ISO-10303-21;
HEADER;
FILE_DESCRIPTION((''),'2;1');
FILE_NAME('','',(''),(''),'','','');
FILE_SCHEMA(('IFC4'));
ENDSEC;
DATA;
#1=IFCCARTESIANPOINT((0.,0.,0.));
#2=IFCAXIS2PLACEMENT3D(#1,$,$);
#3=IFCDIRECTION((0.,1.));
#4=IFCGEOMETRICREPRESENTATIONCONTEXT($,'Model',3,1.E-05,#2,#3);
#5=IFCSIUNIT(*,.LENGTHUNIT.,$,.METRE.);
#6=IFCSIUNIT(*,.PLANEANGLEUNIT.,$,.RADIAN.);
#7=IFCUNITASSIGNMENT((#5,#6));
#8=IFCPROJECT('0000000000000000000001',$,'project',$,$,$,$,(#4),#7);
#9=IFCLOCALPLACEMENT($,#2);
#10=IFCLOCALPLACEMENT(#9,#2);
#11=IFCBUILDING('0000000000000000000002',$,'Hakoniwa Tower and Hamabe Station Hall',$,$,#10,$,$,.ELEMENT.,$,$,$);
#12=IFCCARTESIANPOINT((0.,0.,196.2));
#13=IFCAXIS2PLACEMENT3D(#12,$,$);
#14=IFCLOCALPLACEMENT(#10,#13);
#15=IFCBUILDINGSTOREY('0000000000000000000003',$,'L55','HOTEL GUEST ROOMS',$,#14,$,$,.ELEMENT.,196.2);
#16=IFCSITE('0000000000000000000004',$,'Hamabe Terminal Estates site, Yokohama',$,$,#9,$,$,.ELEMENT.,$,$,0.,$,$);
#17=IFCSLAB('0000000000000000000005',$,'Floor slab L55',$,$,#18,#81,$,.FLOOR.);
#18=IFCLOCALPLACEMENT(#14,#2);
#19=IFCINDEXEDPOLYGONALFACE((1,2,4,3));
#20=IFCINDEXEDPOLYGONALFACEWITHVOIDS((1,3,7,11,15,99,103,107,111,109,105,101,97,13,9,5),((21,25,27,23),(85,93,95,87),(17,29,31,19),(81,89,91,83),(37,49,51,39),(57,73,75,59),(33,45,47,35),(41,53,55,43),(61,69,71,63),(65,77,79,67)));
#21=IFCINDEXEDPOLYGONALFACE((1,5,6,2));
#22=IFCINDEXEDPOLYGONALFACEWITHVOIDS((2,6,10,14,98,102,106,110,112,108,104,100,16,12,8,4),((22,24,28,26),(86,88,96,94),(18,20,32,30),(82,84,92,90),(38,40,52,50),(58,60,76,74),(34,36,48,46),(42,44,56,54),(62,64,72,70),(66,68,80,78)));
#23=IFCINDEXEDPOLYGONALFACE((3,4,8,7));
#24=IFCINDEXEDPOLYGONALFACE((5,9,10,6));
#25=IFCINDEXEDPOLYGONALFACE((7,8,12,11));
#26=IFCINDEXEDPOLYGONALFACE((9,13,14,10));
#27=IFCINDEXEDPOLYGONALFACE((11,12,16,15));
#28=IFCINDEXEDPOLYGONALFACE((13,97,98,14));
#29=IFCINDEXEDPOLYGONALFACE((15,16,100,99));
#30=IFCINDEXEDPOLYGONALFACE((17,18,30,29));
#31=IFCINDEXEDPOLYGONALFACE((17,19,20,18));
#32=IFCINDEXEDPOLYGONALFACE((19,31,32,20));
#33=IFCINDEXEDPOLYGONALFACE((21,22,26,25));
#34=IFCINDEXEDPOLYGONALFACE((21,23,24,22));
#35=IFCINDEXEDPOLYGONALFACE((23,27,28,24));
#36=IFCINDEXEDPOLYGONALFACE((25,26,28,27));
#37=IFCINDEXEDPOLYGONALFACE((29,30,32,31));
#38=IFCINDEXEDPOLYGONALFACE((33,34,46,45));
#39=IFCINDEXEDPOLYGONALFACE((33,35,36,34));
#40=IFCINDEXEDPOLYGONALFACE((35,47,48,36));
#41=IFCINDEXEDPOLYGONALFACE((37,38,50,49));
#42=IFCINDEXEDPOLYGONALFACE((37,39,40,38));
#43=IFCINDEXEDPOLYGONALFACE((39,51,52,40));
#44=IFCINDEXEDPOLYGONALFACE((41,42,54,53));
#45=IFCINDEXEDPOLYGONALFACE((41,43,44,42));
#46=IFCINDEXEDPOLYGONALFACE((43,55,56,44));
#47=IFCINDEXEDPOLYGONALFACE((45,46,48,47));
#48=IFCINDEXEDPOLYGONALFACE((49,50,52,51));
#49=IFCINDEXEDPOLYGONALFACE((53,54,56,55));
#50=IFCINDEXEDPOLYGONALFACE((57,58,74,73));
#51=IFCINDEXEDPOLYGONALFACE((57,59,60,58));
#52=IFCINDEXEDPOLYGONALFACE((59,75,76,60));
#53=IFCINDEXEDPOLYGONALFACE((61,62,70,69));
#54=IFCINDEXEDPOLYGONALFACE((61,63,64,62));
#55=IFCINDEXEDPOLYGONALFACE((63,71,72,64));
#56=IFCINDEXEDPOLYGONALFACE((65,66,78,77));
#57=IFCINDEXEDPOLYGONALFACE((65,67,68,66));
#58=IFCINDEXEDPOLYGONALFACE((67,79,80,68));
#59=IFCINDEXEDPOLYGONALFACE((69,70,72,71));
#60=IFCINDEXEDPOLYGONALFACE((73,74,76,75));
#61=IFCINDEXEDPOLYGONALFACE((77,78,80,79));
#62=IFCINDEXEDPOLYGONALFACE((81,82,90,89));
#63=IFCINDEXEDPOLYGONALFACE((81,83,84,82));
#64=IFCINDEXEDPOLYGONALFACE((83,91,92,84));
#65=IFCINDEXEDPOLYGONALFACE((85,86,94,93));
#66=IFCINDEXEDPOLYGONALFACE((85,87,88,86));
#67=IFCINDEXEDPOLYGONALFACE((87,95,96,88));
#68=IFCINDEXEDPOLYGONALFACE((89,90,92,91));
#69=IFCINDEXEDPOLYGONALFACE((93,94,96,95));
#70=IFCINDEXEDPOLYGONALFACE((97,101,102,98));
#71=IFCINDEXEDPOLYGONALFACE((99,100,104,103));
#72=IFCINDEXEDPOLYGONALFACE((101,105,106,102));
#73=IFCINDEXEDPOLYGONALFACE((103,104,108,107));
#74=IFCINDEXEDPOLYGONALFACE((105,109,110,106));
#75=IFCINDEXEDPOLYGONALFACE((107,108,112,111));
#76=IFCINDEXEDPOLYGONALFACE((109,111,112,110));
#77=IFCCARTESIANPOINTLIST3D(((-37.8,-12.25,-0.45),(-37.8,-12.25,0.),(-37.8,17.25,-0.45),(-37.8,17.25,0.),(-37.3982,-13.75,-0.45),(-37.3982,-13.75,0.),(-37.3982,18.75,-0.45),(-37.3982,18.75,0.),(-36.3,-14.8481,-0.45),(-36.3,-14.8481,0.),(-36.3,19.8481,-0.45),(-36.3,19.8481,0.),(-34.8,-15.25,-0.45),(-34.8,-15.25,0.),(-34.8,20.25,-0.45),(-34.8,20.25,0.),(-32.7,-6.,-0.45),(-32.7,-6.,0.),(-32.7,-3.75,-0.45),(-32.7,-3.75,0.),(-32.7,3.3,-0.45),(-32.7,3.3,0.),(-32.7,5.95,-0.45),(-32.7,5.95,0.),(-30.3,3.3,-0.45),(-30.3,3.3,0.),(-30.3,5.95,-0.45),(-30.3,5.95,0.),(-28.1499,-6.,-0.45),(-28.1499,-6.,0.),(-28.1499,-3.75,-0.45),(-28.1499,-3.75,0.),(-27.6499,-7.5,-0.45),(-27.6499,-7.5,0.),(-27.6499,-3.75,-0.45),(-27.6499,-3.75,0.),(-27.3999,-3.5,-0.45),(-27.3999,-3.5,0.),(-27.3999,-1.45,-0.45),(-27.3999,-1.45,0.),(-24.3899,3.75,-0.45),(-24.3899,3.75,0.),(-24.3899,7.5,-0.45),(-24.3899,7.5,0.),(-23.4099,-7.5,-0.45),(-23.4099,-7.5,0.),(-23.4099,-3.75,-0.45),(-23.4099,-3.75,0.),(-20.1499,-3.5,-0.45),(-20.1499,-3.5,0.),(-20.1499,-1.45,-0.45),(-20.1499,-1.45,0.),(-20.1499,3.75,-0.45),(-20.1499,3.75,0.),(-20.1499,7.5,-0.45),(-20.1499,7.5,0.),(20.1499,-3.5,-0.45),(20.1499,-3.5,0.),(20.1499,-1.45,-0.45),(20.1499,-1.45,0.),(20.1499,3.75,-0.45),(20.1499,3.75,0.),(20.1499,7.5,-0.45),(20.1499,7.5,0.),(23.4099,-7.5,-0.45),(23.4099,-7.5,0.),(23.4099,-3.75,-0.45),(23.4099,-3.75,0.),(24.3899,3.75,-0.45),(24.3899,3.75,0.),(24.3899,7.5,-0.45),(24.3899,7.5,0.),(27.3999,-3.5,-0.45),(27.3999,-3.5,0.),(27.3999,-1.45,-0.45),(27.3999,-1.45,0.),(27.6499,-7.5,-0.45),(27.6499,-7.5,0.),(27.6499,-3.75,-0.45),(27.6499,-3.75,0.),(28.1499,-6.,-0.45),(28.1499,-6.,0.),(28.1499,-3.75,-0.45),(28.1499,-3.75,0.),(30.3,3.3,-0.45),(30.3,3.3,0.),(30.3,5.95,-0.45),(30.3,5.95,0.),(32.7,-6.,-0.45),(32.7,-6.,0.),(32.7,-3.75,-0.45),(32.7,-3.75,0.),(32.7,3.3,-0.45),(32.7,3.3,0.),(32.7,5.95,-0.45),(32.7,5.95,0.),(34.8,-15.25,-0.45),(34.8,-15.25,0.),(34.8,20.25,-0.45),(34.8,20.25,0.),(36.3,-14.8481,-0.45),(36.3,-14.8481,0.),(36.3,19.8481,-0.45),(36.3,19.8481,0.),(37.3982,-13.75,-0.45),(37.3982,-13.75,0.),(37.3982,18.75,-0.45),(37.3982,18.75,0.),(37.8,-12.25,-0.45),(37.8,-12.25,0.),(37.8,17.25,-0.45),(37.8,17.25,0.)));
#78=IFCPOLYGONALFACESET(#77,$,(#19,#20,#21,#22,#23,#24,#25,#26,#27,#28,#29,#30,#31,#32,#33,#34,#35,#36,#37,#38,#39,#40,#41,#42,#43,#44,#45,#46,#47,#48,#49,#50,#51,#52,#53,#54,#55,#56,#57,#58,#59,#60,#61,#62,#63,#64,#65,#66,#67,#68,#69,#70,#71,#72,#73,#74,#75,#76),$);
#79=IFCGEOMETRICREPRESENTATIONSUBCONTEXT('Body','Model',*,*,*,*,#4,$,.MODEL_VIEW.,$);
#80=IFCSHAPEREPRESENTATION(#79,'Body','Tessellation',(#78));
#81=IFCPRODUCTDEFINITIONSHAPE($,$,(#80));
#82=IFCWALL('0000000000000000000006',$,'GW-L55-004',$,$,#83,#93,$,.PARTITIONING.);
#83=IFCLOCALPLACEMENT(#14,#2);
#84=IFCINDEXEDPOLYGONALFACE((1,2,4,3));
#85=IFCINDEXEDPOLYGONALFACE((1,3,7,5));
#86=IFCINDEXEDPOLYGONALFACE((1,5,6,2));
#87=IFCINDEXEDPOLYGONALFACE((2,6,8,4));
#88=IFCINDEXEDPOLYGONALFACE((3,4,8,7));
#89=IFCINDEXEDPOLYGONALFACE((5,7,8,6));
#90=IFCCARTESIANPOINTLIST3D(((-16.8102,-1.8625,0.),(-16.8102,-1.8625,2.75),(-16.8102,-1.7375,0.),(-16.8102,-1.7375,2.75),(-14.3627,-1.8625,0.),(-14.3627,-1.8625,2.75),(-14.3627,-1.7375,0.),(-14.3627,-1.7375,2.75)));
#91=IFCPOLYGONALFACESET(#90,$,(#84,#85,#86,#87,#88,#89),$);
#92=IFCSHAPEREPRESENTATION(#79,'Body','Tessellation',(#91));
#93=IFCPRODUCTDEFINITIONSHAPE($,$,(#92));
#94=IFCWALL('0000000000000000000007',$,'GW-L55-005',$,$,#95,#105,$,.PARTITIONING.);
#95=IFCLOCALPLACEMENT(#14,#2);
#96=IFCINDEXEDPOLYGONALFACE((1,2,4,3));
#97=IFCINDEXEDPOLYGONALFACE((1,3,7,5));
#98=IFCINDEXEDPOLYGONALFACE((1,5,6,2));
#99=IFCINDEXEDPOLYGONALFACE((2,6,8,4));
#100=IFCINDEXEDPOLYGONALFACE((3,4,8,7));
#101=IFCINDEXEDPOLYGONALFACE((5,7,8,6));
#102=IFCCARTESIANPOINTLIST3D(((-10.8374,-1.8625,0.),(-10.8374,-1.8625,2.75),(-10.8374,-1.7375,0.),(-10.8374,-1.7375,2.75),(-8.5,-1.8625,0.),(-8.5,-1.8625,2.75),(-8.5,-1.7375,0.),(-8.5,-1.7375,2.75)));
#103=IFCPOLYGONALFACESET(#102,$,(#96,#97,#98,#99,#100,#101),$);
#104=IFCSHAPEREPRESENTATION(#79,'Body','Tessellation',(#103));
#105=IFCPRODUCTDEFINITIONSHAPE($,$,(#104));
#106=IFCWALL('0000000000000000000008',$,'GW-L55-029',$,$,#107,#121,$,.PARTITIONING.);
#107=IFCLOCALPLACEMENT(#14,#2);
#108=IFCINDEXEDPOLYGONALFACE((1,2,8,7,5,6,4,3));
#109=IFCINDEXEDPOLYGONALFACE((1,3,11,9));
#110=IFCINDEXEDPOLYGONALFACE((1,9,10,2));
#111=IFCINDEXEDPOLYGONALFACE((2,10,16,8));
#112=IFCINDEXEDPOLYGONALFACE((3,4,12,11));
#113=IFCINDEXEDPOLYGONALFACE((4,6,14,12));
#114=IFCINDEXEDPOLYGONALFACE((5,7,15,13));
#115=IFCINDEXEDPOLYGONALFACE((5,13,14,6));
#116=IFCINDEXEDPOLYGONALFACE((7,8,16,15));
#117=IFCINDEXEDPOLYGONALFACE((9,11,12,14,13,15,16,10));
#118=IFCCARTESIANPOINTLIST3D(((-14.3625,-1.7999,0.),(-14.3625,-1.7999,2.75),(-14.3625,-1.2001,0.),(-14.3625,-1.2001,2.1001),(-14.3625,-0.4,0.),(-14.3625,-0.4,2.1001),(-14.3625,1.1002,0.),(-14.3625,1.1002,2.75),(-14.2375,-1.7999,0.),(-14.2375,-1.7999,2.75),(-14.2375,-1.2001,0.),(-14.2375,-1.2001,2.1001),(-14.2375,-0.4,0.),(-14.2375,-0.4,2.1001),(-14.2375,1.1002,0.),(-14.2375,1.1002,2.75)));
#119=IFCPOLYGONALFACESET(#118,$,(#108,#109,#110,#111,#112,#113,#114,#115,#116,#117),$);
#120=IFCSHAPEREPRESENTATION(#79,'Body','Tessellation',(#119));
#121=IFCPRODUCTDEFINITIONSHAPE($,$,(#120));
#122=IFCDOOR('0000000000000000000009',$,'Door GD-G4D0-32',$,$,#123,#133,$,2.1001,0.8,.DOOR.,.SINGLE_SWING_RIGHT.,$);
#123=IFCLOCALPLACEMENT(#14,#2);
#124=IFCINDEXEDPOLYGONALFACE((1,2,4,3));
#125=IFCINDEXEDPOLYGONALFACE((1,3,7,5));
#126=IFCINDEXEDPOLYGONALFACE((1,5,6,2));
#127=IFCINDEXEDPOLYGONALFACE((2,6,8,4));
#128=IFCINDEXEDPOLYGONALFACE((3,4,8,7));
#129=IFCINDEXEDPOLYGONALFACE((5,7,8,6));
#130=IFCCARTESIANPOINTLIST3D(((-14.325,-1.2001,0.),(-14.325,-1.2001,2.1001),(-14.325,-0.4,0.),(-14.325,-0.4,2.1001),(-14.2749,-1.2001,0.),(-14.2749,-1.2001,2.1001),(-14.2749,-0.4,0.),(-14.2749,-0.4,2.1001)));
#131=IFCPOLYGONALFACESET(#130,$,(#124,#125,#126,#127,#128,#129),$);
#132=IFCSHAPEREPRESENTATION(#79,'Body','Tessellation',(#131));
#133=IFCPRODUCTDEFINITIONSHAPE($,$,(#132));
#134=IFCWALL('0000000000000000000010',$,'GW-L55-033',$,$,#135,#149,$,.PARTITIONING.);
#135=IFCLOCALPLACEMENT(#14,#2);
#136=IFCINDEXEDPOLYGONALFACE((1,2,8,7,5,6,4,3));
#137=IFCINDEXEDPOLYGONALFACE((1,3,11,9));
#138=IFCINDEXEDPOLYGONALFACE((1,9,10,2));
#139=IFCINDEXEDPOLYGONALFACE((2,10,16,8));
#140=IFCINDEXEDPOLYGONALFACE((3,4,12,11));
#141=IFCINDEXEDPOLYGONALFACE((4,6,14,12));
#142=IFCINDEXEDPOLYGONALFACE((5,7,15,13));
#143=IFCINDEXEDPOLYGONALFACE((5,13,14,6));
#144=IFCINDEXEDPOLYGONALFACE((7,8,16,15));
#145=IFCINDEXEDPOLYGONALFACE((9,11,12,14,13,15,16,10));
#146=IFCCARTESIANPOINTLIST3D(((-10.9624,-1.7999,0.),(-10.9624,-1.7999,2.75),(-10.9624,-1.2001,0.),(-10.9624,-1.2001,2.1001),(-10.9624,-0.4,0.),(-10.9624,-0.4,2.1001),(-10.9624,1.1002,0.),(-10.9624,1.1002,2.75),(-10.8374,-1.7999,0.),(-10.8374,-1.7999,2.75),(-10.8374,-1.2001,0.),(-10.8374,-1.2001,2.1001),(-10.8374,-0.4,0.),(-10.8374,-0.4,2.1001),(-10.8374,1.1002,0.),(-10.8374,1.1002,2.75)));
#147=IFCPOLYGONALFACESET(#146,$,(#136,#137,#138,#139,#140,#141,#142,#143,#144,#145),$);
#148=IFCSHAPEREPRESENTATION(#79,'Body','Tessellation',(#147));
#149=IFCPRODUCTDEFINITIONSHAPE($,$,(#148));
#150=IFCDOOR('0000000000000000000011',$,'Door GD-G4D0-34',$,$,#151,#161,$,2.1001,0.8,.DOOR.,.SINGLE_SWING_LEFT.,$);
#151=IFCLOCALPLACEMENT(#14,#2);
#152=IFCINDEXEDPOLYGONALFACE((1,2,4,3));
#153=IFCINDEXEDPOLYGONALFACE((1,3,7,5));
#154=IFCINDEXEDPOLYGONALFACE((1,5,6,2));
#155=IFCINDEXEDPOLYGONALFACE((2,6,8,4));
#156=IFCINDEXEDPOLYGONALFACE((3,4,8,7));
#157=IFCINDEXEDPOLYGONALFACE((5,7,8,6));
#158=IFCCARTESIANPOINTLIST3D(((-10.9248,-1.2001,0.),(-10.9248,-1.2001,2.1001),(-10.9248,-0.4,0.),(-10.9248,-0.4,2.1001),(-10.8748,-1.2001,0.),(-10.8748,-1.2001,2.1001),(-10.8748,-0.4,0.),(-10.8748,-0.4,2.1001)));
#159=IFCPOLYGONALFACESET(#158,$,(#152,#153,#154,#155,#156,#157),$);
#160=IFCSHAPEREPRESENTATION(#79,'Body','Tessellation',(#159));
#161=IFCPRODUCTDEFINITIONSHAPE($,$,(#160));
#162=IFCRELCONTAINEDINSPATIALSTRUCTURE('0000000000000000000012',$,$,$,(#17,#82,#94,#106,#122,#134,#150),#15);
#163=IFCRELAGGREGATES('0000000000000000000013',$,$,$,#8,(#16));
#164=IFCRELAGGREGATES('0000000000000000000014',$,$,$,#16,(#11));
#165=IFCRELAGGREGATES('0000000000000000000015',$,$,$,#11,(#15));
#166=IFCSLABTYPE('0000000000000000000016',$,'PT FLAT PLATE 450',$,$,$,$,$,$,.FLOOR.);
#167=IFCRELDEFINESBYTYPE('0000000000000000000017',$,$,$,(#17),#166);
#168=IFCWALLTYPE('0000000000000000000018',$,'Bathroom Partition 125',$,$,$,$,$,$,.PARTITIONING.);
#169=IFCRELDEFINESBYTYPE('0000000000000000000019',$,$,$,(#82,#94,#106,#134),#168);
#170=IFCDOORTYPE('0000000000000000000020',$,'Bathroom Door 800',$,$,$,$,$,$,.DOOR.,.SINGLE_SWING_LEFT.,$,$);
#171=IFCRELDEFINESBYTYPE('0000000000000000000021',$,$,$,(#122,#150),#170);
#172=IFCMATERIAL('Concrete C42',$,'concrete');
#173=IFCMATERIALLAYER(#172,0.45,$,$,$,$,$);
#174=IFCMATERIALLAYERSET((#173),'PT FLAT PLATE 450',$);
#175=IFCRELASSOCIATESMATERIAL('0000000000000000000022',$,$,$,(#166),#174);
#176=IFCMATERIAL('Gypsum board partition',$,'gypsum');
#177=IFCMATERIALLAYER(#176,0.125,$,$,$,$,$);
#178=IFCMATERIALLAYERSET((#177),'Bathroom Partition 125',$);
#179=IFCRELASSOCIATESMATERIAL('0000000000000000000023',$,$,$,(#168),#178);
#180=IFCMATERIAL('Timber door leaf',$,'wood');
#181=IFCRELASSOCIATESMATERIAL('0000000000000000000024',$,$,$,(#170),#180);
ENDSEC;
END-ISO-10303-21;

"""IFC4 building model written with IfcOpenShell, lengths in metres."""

from ifc_helpers import new_model, si_unit, direction, frame, frame_2d, origin, place, context, subcontext, project, spatial, polyline, rectangle, outline, extrude, material, layer, layer_set, type_object, element, fill, save


model = new_model("IFC4")

# Units and contexts
model_context = context("Model", 3, precision=1e-05, world=origin(), true_north=direction((0.0, 1.0)))
body_context = subcontext(model_context, "Body", "Model", "MODEL_VIEW")
ifc_project = project(units=[si_unit("LENGTHUNIT", "METRE"), si_unit("PLANEANGLEUNIT", "RADIAN")], contexts=[model_context])

# Site, building, storey
site_placement = place(None, origin())
site = spatial("IfcSite", under=ifc_project, at=site_placement, Name="Hamabe Terminal Estates site, Yokohama", CompositionType="ELEMENT", RefElevation=0.0)
building_placement = place(site_placement, origin())
building = spatial("IfcBuilding", under=site, at=building_placement, Name="Hakoniwa Tower and Hamabe Station Hall", CompositionType="ELEMENT")
storey_placement = place(building_placement, frame((0.0, 0.0, 196.2)))
storey = spatial("IfcBuildingStorey", under=building, at=storey_placement, Name="L55", Description="HOTEL GUEST ROOMS", CompositionType="ELEMENT", Elevation=196.2)

# Slab
ifc_material_1 = material(Name="Concrete C42", Category="concrete")
ifc_layer_1 = layer(ifc_material_1, 0.45)
ifc_layer_set_1 = layer_set([ifc_layer_1], Name="PT FLAT PLATE 450")
slab_type = type_object("IfcSlabType", Name="PT FLAT PLATE 450", PredefinedType="FLOOR", material=ifc_layer_set_1)
slab_placement = place(storey_placement, frame((0.0, 0.0, -0.45)))
element("IfcSlab", 1, at=slab_placement, inside=storey, type_object=slab_type, Name="Floor slab L55", PredefinedType="FLOOR", context=body_context, shape_type="SweptSolid", body=[
    extrude(outline(polyline([(37.8, -12.25), (37.8, 17.25), (37.3982, 18.75), (36.3, 19.8481), (34.8, 20.25), (-34.8, 20.25), (-36.3, 19.8481), (-37.3982, 18.75), (-37.8, 17.25), (-37.8, -12.25), (-37.3982, -13.75), (-36.3, -14.8481), (-34.8, -15.25), (34.8, -15.25), (36.3, -14.8481), (37.3982, -13.75), (37.8, -12.25)]), holes=[polyline([(-27.3999, -3.5), (-27.3999, -1.45), (-20.1499, -1.45), (-20.1499, -3.5), (-27.3999, -3.5)]), polyline([(-32.7, 3.3), (-32.7, 5.95), (-30.3, 5.95), (-30.3, 3.3), (-32.7, 3.3)]), polyline([(-32.7, -6.0), (-32.7, -3.75), (-28.1499, -3.75), (-28.1499, -6.0), (-32.7, -6.0)]), polyline([(-24.3899, 3.75), (-24.3899, 7.5), (-20.1499, 7.5), (-20.1499, 3.75), (-24.3899, 3.75)]), polyline([(-27.6499, -7.5), (-27.6499, -3.75), (-23.4099, -3.75), (-23.4099, -7.5), (-27.6499, -7.5)]), polyline([(20.1499, -3.5), (20.1499, -1.45), (27.3999, -1.45), (27.3999, -3.5), (20.1499, -3.5)]), polyline([(30.3, 3.3), (30.3, 5.95), (32.7, 5.95), (32.7, 3.3), (30.3, 3.3)]), polyline([(28.1499, -6.0), (28.1499, -3.75), (32.7, -3.75), (32.7, -6.0), (28.1499, -6.0)]), polyline([(20.1499, 3.75), (20.1499, 7.5), (24.3899, 7.5), (24.3899, 3.75), (20.1499, 3.75)]), polyline([(23.4099, -7.5), (23.4099, -3.75), (27.6499, -3.75), (27.6499, -7.5), (23.4099, -7.5)])]), origin(), (0.0, 0.0, 1.0), 0.45),
])

# Walls
ifc_material_2 = material(Name="Gypsum board partition", Category="gypsum")
ifc_layer_2 = layer(ifc_material_2, 0.125)
ifc_layer_set_2 = layer_set([ifc_layer_2], Name="Bathroom Partition 125")
wall_type_1 = type_object("IfcWallType", Name="Bathroom Partition 125", PredefinedType="PARTITIONING", material=ifc_layer_set_2)
wall_1_placement = place(storey_placement, frame((-16.8101, -1.8, 0.0), z_axis=(0.0, 0.0, 1.0), x_axis=(1.0, 0.0, 0.0)))
element("IfcWall", 2, at=wall_1_placement, inside=storey, type_object=wall_type_1, Name="GW-L55-004", PredefinedType="PARTITIONING", context=body_context, shape_type="SweptSolid", body=[
    extrude(rectangle(XDim=2.4475, YDim=0.125, at=frame_2d((1.2236, 0.0))), origin(), (0.0, 0.0, 1.0), 2.75),
])
wall_2_placement = place(storey_placement, frame((-10.8374, -1.8, 0.0), z_axis=(0.0, 0.0, 1.0), x_axis=(1.0, 0.0, 0.0)))
element("IfcWall", 3, at=wall_2_placement, inside=storey, type_object=wall_type_1, Name="GW-L55-005", PredefinedType="PARTITIONING", context=body_context, shape_type="SweptSolid", body=[
    extrude(rectangle(XDim=2.3374, YDim=0.125, at=frame_2d((1.1687, 0.0))), origin(), (0.0, 0.0, 1.0), 2.75),
])

# Walls, openings, doors
wall_3_placement = place(storey_placement, frame((-14.3, -1.8, 0.0), z_axis=(0.0, 0.0, 1.0), x_axis=(0.0, 1.0, 0.0)))
wall_3 = element("IfcWall", 4, at=wall_3_placement, inside=storey, type_object=wall_type_1, Name="GW-L55-029", PredefinedType="PARTITIONING", context=body_context, shape_type="SweptSolid", body=[
    extrude(rectangle(XDim=2.9001, YDim=0.125, at=frame_2d((1.4502, 0.0))), origin(), (0.0, 0.0, 1.0), 2.75),
])
opening_1_placement = place(wall_3_placement, frame((0.6001, 0.0, 0.0)))
opening_1 = element("IfcOpeningElement", 5, at=opening_1_placement, cuts=wall_3, PredefinedType="OPENING", context=body_context, shape_type="SweptSolid", body=[
    extrude(rectangle(XDim=0.8, YDim=2.1001, at=frame_2d((0.3999, 1.05))), frame((0.0, 0.0725, 0.0), z_axis=(0.0, -1.0, 0.0), x_axis=(1.0, 0.0, 0.0)), (0.0, 0.0, 1.0), 0.145),
])
ifc_material_3 = material(Name="Timber door leaf", Category="wood")
door_type_1 = type_object("IfcDoorType", Name="Bathroom Door 800", OperationType="SINGLE_SWING_LEFT", PredefinedType="DOOR", material=ifc_material_3)
door_1_placement = place(opening_1_placement, origin())
door_1 = element("IfcDoor", 6, at=door_1_placement, inside=storey, type_object=door_type_1, Name="Door GD-G4D0-32", OperationType="SINGLE_SWING_RIGHT", OverallHeight=2.1001, OverallWidth=0.8, PredefinedType="DOOR", context=body_context, shape_type="SweptSolid", body=[
    extrude(rectangle(XDim=0.8, YDim=2.1001, at=frame_2d((0.3999, 1.05))), frame((0.0, 0.0249, 0.0), z_axis=(0.0, -1.0, 0.0), x_axis=(1.0, 0.0, 0.0)), (0.0, 0.0, 1.0), 0.05),
])
fill(opening_1, door_1)
wall_4_placement = place(storey_placement, frame((-10.8999, -1.8, 0.0), z_axis=(0.0, 0.0, 1.0), x_axis=(0.0, 1.0, 0.0)))
wall_4 = element("IfcWall", 7, at=wall_4_placement, inside=storey, type_object=wall_type_1, Name="GW-L55-033", PredefinedType="PARTITIONING", context=body_context, shape_type="SweptSolid", body=[
    extrude(rectangle(XDim=2.9001, YDim=0.125, at=frame_2d((1.4502, 0.0))), origin(), (0.0, 0.0, 1.0), 2.75),
])
opening_2_placement = place(wall_4_placement, frame((0.6001, 0.0, 0.0)))
opening_2 = element("IfcOpeningElement", 8, at=opening_2_placement, cuts=wall_4, PredefinedType="OPENING", context=body_context, shape_type="SweptSolid", body=[
    extrude(rectangle(XDim=0.8, YDim=2.1001, at=frame_2d((0.3999, 1.05))), frame((0.0, 0.0725, 0.0), z_axis=(0.0, -1.0, 0.0), x_axis=(1.0, 0.0, 0.0)), (0.0, 0.0, 1.0), 0.145),
])
door_2_placement = place(opening_2_placement, origin())
door_2 = element("IfcDoor", 9, at=door_2_placement, inside=storey, type_object=door_type_1, Name="Door GD-G4D0-34", OperationType="SINGLE_SWING_LEFT", OverallHeight=2.1001, OverallWidth=0.8, PredefinedType="DOOR", context=body_context, shape_type="SweptSolid", body=[
    extrude(rectangle(XDim=0.8, YDim=2.1001, at=frame_2d((0.3999, 1.05))), frame((0.0, 0.0249, 0.0), z_axis=(0.0, -1.0, 0.0), x_axis=(1.0, 0.0, 0.0)), (0.0, 0.0, 1.0), 0.05),
])
fill(opening_2, door_2)

save(model, "model.ifc")
